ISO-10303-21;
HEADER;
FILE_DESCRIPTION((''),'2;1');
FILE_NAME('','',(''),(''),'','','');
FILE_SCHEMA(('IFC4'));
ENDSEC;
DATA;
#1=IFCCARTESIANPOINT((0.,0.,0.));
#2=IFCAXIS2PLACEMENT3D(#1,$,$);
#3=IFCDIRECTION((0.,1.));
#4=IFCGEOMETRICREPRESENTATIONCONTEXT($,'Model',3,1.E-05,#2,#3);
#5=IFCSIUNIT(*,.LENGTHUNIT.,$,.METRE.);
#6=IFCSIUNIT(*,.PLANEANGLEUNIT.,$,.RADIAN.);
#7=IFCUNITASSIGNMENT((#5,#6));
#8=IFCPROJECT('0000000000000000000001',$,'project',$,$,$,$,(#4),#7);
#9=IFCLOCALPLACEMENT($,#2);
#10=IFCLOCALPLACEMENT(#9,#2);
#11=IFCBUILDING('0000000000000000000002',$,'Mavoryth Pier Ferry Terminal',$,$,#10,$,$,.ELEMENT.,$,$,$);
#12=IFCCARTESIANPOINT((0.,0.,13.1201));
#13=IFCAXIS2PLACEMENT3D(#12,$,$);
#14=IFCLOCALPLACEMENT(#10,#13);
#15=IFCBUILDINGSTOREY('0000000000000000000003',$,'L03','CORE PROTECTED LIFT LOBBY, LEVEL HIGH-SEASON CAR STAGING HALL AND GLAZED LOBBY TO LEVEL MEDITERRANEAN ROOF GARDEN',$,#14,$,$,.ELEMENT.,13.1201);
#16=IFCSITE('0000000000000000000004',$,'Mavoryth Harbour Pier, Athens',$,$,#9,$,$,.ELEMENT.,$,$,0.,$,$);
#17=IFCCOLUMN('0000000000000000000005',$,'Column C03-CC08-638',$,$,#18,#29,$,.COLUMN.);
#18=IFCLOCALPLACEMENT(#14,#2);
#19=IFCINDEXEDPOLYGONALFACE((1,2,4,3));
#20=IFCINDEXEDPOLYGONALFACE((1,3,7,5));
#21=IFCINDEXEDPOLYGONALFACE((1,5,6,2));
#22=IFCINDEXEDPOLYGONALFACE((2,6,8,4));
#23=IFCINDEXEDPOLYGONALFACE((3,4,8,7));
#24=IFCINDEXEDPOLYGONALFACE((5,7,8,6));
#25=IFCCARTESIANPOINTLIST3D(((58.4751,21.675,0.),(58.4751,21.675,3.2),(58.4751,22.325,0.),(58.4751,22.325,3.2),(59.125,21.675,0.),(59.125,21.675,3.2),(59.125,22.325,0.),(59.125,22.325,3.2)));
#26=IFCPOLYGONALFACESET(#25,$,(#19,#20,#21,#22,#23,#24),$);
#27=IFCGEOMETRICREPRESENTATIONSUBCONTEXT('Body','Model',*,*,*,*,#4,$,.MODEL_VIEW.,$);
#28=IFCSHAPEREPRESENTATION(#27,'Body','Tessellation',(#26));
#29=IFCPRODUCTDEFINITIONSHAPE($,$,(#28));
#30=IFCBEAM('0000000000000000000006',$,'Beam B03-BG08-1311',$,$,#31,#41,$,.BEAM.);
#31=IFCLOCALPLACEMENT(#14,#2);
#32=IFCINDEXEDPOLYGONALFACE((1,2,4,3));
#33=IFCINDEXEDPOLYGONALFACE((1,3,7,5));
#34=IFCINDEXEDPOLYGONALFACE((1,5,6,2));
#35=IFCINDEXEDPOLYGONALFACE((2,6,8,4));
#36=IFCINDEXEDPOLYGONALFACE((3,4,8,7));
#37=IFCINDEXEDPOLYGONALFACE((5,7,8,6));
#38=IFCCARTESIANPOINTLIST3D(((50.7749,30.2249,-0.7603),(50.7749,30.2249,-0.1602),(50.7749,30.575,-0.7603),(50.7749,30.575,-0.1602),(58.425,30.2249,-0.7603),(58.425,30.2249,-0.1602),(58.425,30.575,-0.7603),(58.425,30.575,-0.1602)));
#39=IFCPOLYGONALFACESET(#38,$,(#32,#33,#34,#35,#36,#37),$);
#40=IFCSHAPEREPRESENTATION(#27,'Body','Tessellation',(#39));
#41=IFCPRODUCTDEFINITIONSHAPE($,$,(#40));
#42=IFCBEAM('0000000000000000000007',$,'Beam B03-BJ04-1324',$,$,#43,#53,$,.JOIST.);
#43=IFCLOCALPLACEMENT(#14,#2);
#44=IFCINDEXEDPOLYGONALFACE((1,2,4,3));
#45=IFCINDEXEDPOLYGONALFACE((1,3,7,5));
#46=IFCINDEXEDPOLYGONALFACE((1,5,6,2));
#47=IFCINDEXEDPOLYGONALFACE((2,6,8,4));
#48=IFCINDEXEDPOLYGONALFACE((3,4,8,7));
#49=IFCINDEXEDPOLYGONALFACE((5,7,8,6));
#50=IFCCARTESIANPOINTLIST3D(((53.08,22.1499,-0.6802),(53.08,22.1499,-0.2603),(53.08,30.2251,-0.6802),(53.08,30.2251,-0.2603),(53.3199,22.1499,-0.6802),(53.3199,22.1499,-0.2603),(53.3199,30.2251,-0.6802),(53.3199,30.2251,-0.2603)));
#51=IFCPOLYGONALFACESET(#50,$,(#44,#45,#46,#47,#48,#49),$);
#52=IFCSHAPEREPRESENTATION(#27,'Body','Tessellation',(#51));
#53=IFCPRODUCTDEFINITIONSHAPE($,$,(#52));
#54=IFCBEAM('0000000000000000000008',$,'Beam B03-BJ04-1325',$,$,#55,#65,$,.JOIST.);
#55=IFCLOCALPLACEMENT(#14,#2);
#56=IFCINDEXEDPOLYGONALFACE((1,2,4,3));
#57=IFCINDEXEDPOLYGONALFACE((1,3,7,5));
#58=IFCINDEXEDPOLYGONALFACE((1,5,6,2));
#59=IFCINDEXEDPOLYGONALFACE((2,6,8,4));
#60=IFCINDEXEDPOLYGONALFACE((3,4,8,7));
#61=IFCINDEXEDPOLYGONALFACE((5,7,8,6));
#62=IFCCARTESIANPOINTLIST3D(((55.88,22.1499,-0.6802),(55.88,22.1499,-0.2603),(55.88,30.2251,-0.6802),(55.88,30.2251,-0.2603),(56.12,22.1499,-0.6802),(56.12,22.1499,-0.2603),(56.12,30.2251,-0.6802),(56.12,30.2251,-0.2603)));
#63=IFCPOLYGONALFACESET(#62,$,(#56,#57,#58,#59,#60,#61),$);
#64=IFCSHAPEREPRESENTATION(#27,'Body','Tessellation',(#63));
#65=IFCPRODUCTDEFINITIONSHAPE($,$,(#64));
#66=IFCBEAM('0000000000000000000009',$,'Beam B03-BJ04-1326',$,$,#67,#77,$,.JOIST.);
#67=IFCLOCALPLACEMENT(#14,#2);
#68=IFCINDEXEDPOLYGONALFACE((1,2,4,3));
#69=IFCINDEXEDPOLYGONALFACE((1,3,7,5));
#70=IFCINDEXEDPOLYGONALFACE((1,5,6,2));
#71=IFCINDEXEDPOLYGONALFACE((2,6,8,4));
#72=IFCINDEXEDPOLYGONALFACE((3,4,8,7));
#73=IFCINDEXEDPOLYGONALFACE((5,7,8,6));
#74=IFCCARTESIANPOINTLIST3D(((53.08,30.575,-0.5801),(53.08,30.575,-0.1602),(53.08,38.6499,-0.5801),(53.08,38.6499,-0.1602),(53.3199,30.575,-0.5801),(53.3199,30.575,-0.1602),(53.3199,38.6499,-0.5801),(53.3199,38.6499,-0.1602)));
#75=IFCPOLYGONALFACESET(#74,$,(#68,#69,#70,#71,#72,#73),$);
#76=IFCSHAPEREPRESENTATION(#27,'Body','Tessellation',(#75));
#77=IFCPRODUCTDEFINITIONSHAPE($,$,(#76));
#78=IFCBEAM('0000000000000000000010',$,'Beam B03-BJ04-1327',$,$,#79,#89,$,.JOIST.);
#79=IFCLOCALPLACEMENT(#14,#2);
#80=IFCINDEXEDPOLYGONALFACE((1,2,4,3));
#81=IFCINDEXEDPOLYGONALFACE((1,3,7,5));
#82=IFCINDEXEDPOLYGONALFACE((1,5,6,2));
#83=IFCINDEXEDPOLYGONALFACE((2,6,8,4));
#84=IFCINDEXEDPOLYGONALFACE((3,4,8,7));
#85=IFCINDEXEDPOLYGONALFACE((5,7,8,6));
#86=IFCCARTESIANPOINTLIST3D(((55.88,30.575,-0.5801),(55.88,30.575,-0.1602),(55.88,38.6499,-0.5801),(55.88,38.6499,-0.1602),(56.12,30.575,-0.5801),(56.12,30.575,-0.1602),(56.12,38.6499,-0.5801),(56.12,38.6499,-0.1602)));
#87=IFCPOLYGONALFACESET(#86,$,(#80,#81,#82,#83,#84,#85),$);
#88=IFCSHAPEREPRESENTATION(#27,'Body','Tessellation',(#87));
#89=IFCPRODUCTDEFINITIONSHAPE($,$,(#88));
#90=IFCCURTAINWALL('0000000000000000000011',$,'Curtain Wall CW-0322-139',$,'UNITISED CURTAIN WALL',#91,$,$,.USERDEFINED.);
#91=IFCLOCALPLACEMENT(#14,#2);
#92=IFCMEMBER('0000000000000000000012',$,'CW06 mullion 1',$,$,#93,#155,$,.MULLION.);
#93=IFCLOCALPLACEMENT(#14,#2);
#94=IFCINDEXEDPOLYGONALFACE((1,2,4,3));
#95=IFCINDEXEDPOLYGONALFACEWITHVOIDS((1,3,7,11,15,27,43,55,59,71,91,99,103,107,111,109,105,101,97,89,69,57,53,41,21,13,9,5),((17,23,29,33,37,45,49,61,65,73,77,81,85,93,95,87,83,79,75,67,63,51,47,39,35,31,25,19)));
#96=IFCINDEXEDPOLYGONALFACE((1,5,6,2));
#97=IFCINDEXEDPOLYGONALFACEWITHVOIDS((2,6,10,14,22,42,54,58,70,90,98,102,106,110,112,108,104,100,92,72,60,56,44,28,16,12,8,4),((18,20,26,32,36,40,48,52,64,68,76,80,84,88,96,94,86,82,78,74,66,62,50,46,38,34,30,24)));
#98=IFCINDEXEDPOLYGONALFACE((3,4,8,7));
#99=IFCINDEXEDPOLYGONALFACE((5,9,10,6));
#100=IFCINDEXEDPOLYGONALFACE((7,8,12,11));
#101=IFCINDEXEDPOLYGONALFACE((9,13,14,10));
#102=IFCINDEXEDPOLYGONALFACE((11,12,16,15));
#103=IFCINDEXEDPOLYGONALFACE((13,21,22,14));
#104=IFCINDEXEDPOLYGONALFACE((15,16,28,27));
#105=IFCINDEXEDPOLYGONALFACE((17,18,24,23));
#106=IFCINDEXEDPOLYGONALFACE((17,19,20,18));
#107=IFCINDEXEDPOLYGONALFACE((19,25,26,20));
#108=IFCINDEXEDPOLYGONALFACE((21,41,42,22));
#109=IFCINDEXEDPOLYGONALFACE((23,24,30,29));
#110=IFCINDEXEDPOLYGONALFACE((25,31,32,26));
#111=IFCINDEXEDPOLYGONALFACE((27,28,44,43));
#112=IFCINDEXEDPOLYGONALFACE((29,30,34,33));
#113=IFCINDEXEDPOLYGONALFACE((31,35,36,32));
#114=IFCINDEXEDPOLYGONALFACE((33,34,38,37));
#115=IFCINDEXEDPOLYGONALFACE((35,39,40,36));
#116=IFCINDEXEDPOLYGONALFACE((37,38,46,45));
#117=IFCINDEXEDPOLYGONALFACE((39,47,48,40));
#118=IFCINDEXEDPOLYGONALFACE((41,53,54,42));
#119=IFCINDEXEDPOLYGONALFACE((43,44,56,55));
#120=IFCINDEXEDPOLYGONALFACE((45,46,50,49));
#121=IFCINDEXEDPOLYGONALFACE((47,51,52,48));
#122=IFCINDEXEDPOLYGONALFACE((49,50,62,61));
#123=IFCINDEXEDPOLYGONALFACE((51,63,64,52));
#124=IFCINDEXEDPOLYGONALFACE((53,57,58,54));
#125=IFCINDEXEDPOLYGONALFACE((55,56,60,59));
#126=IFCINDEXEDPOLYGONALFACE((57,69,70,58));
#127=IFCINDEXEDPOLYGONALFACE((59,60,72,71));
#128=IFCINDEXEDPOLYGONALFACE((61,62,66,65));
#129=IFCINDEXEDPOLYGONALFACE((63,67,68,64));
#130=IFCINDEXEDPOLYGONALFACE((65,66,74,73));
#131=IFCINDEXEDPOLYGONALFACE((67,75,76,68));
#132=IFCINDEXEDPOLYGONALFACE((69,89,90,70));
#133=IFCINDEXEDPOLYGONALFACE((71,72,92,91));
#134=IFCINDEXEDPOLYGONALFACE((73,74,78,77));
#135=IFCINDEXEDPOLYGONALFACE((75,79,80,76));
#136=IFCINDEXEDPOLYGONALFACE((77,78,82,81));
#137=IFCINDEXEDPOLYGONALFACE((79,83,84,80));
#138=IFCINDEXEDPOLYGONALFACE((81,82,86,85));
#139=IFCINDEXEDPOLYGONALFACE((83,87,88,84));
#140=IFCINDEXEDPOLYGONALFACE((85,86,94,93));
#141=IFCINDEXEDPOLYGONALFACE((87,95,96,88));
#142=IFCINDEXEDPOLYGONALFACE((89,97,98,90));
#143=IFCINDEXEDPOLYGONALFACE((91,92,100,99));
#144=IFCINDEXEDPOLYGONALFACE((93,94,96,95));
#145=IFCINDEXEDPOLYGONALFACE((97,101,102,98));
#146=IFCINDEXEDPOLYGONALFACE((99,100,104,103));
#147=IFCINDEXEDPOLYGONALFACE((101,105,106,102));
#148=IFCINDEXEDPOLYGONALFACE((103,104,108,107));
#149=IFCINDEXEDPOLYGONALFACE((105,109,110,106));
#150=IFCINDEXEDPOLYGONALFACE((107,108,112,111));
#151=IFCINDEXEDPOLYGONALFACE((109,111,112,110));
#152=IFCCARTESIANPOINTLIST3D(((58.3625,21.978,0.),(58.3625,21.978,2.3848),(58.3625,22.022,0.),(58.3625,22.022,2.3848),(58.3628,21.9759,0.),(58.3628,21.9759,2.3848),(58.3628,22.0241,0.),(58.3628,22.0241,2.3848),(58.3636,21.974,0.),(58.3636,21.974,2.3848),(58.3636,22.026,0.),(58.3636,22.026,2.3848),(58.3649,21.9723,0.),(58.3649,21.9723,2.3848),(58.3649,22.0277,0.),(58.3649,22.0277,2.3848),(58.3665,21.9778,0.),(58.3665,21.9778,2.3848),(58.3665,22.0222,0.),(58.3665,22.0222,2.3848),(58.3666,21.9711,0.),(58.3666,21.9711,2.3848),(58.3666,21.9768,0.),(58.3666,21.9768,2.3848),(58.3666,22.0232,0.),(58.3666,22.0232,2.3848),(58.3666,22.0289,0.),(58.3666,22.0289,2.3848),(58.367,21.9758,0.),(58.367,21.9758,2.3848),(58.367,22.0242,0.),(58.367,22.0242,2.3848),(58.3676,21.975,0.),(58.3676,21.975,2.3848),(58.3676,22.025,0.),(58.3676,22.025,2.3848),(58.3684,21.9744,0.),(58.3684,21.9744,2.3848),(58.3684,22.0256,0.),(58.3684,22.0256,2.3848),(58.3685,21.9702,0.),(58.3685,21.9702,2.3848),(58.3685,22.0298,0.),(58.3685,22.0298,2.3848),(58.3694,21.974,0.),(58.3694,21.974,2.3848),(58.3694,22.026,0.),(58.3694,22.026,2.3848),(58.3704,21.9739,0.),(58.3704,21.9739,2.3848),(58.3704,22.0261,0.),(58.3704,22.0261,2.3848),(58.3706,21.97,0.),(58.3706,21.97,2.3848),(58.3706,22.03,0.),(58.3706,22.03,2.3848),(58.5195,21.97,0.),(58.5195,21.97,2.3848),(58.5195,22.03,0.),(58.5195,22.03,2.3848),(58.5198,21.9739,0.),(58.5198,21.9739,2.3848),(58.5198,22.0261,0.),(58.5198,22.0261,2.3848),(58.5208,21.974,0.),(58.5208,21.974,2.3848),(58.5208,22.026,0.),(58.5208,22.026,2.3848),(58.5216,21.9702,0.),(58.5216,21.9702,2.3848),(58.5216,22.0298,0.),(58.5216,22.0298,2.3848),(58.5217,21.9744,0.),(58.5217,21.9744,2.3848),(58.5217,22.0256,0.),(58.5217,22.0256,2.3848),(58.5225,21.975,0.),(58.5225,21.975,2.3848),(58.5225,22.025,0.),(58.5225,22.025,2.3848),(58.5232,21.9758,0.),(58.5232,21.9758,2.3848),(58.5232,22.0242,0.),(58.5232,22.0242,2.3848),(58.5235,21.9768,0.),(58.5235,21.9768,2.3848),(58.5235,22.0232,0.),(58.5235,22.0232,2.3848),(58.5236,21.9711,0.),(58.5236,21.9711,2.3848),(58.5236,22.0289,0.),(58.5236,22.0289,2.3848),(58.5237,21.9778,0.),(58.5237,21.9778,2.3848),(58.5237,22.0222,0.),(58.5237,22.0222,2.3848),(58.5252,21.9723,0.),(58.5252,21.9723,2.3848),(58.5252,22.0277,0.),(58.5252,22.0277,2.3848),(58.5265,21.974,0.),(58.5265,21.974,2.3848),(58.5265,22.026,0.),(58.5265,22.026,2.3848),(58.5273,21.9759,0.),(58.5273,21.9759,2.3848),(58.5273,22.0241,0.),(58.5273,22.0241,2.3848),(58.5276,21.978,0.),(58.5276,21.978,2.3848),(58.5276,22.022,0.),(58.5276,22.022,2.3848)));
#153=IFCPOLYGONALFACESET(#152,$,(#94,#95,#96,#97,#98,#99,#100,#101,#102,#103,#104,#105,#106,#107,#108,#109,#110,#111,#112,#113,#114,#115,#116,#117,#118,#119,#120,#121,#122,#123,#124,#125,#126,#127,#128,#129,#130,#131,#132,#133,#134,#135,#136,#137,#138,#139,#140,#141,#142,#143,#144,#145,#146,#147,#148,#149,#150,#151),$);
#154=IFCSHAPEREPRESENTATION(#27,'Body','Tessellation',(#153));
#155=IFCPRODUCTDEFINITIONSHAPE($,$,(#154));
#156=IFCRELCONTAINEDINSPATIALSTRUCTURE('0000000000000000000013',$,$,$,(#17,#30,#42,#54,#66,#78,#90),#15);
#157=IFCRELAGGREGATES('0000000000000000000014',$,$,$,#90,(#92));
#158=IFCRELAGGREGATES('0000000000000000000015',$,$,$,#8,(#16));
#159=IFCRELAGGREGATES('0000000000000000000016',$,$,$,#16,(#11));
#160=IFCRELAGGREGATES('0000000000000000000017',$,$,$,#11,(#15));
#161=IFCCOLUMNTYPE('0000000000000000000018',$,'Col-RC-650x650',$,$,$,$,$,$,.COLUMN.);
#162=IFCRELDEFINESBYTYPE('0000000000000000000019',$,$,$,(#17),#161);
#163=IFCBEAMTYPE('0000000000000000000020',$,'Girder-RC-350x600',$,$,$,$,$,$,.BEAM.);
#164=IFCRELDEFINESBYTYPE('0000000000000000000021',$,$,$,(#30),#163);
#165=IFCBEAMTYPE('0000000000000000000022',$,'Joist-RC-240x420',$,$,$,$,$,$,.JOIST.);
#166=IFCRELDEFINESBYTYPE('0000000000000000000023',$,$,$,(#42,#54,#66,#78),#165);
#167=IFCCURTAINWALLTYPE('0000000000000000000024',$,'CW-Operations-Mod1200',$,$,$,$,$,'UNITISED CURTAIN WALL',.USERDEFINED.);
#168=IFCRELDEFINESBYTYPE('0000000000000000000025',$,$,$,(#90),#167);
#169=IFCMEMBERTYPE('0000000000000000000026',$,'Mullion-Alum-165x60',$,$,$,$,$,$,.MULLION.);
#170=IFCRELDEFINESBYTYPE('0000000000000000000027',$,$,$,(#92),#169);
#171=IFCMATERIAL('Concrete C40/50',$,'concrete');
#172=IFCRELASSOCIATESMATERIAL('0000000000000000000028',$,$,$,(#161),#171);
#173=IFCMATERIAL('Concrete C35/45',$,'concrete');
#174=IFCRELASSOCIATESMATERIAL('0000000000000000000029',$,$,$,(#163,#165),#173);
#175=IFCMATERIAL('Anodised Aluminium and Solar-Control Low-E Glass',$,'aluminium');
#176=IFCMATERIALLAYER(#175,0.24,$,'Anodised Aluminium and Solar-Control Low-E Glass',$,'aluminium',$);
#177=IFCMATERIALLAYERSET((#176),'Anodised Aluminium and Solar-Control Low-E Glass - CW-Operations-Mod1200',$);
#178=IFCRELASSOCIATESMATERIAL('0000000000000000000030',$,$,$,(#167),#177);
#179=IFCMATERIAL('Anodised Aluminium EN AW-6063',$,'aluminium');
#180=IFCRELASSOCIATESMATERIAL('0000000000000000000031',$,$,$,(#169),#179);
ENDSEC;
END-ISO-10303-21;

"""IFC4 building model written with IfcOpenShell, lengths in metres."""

from ifc_helpers import new_model, si_unit, direction, frame, origin, origin_2d, place, context, subcontext, project, spatial, rectangle, hollow_rectangle, extrude, material, layer, layer_set, material_profile, profile_set, type_object, element, aggregate, save


model = new_model("IFC4")

# Units and contexts
model_context = context("Model", 3, precision=1e-05, world=origin(), true_north=direction((0.0, 1.0)))
body_context = subcontext(model_context, "Body", "Model", "MODEL_VIEW")
ifc_project = project(units=[si_unit("LENGTHUNIT", "METRE"), si_unit("PLANEANGLEUNIT", "RADIAN")], contexts=[model_context])

# Site, building, storey
site_placement = place(None, origin())
site = spatial("IfcSite", under=ifc_project, at=site_placement, Name="Mavoryth Harbour Pier, Athens", CompositionType="ELEMENT", RefElevation=0.0)
building_placement = place(site_placement, origin())
building = spatial("IfcBuilding", under=site, at=building_placement, Name="Mavoryth Pier Ferry Terminal", CompositionType="ELEMENT")
storey_placement = place(building_placement, frame((0.0, 0.0, 13.1201)))
storey = spatial("IfcBuildingStorey", under=building, at=storey_placement, Name="L03", Description="CORE PROTECTED LIFT LOBBY, LEVEL HIGH-SEASON CAR STAGING HALL AND GLAZED LOBBY TO LEVEL MEDITERRANEAN ROOF GARDEN", CompositionType="ELEMENT", Elevation=13.1201)

# Column
ifc_material_1 = material(Name="Concrete C40/50", Category="concrete")
ifc_material_profile_1 = material_profile(ifc_material_1, rectangle(XDim=0.6499, YDim=0.6499, at=origin_2d()), Name="RC 650x650", Category="concrete")
ifc_profile_set_1 = profile_set([ifc_material_profile_1], Name="Concrete C40/50 - RC 650x650")
column_type = type_object("IfcColumnType", Name="Col-RC-650x650", PredefinedType="COLUMN", material=ifc_profile_set_1)
column_placement = place(storey_placement, frame((58.8, 22.0, 0.0), z_axis=(0.0, 0.0, 1.0), x_axis=(1.0, 0.0, 0.0)))
element("IfcColumn", 1, at=column_placement, inside=storey, type_object=column_type, Name="Column C03-CC08-638", PredefinedType="COLUMN", context=body_context, shape_type="SweptSolid", body=[
    extrude(rectangle(XDim=0.6499, YDim=0.6499, at=origin_2d()), origin(), (0.0, 0.0, 1.0), 3.2),
])

# Beams
ifc_material_2 = material(Name="Concrete C35/45", Category="concrete")
ifc_material_profile_2 = material_profile(ifc_material_2, rectangle(XDim=0.3501, YDim=0.6001, at=origin_2d()), Name="RC 350x600", Category="concrete")
ifc_profile_set_2 = profile_set([ifc_material_profile_2], Name="Concrete C35/45 - RC 350x600")
beam_type_1 = type_object("IfcBeamType", Name="Girder-RC-350x600", PredefinedType="BEAM", material=ifc_profile_set_2)
beam_1_placement = place(storey_placement, frame((50.7749, 30.3999, -0.4602), z_axis=(1.0, 0.0, 0.0), x_axis=(0.0, 1.0, 0.0)))
element("IfcBeam", 2, at=beam_1_placement, inside=storey, type_object=beam_type_1, Name="Beam B03-BG08-1311", PredefinedType="BEAM", context=body_context, shape_type="SweptSolid", body=[
    extrude(rectangle(XDim=0.3501, YDim=0.6001, at=origin_2d()), origin(), (0.0, 0.0, 1.0), 7.6501),
])
ifc_material_profile_3 = material_profile(ifc_material_2, rectangle(XDim=0.24, YDim=0.4199, at=origin_2d()), Name="RC 240x420", Category="concrete")
ifc_profile_set_3 = profile_set([ifc_material_profile_3], Name="Concrete C35/45 - RC 240x420")
beam_type_2 = type_object("IfcBeamType", Name="Joist-RC-240x420", PredefinedType="JOIST", material=ifc_profile_set_3)
for number, where, z_axis, x_axis, name in (
    (3, (53.2, 22.1499, -0.4702), (0.0, 1.0, 0.0), (-1.0, 0.0, 0.0), "Beam B03-BJ04-1324"),
    (4, (56.0, 22.1499, -0.4702), (0.0, 1.0, 0.0), (-1.0, 0.0, 0.0), "Beam B03-BJ04-1325"),
):
    element("IfcBeam", number, at=place(storey_placement, frame(where, z_axis=z_axis, x_axis=x_axis)), inside=storey, type_object=beam_type_2, Name=name, PredefinedType="JOIST", context=body_context, shape_type="SweptSolid", body=[
        extrude(rectangle(XDim=0.24, YDim=0.4199, at=origin_2d()), origin(), (0.0, 0.0, 1.0), 8.0752),
    ])
for number, where, z_axis, x_axis, name in (
    (5, (53.2, 30.575, -0.3701), (0.0, 1.0, 0.0), (-1.0, 0.0, 0.0), "Beam B03-BJ04-1326"),
    (6, (56.0, 30.575, -0.3701), (0.0, 1.0, 0.0), (-1.0, 0.0, 0.0), "Beam B03-BJ04-1327"),
):
    element("IfcBeam", number, at=place(storey_placement, frame(where, z_axis=z_axis, x_axis=x_axis)), inside=storey, type_object=beam_type_2, Name=name, PredefinedType="JOIST", context=body_context, shape_type="SweptSolid", body=[
        extrude(rectangle(XDim=0.24, YDim=0.4199, at=origin_2d()), origin(), (0.0, 0.0, 1.0), 8.075),
    ])

# Curtain wall, member
ifc_material_3 = material(Name="Anodised Aluminium and Solar-Control Low-E Glass", Category="aluminium")
ifc_layer_1 = layer(ifc_material_3, 0.24, Name="Anodised Aluminium and Solar-Control Low-E Glass", Category="aluminium")
ifc_layer_set_1 = layer_set([ifc_layer_1], Name="Anodised Aluminium and Solar-Control Low-E Glass - CW-Operations-Mod1200")
curtain_wall_type = type_object("IfcCurtainWallType", Name="CW-Operations-Mod1200", ElementType="UNITISED CURTAIN WALL", PredefinedType="USERDEFINED", material=ifc_layer_set_1)
curtain_wall_1_placement = place(storey_placement, origin())
curtain_wall_1 = element("IfcCurtainWall", 7, at=curtain_wall_1_placement, inside=storey, type_object=curtain_wall_type, Name="Curtain Wall CW-0322-139", ObjectType="UNITISED CURTAIN WALL", PredefinedType="USERDEFINED")
ifc_material_4 = material(Name="Anodised Aluminium EN AW-6063", Category="aluminium")
ifc_material_profile_4 = material_profile(ifc_material_4, hollow_rectangle(XDim=0.0601, YDim=0.165, WallThickness=0.0039, InnerFilletRadius=0.0039, OuterFilletRadius=0.0081, at=origin_2d()), Name="AL-MULL 165x60x4", Category="aluminium")
ifc_profile_set_4 = profile_set([ifc_material_profile_4], Name="Anodised Aluminium EN AW-6063 - AL-MULL 165x60x4")
member_type_1 = type_object("IfcMemberType", Name="Mullion-Alum-165x60", PredefinedType="MULLION", material=ifc_profile_set_4)
member_1_placement = place(storey_placement, frame((58.4451, 22.0, 0.0), z_axis=(0.0, 0.0, 1.0), x_axis=(0.0, -1.0, 0.0)))
member_1 = element("IfcMember", 8, at=member_1_placement, type_object=member_type_1, Name="CW06 mullion 1", PredefinedType="MULLION", context=body_context, shape_type="SweptSolid", body=[
    extrude(hollow_rectangle(XDim=0.0601, YDim=0.165, WallThickness=0.0039, InnerFilletRadius=0.0039, OuterFilletRadius=0.0081, at=origin_2d()), origin(), (0.0, 0.0, 1.0), 2.3848),
])

aggregate(curtain_wall_1, [member_1])

save(model, "model.ifc")
